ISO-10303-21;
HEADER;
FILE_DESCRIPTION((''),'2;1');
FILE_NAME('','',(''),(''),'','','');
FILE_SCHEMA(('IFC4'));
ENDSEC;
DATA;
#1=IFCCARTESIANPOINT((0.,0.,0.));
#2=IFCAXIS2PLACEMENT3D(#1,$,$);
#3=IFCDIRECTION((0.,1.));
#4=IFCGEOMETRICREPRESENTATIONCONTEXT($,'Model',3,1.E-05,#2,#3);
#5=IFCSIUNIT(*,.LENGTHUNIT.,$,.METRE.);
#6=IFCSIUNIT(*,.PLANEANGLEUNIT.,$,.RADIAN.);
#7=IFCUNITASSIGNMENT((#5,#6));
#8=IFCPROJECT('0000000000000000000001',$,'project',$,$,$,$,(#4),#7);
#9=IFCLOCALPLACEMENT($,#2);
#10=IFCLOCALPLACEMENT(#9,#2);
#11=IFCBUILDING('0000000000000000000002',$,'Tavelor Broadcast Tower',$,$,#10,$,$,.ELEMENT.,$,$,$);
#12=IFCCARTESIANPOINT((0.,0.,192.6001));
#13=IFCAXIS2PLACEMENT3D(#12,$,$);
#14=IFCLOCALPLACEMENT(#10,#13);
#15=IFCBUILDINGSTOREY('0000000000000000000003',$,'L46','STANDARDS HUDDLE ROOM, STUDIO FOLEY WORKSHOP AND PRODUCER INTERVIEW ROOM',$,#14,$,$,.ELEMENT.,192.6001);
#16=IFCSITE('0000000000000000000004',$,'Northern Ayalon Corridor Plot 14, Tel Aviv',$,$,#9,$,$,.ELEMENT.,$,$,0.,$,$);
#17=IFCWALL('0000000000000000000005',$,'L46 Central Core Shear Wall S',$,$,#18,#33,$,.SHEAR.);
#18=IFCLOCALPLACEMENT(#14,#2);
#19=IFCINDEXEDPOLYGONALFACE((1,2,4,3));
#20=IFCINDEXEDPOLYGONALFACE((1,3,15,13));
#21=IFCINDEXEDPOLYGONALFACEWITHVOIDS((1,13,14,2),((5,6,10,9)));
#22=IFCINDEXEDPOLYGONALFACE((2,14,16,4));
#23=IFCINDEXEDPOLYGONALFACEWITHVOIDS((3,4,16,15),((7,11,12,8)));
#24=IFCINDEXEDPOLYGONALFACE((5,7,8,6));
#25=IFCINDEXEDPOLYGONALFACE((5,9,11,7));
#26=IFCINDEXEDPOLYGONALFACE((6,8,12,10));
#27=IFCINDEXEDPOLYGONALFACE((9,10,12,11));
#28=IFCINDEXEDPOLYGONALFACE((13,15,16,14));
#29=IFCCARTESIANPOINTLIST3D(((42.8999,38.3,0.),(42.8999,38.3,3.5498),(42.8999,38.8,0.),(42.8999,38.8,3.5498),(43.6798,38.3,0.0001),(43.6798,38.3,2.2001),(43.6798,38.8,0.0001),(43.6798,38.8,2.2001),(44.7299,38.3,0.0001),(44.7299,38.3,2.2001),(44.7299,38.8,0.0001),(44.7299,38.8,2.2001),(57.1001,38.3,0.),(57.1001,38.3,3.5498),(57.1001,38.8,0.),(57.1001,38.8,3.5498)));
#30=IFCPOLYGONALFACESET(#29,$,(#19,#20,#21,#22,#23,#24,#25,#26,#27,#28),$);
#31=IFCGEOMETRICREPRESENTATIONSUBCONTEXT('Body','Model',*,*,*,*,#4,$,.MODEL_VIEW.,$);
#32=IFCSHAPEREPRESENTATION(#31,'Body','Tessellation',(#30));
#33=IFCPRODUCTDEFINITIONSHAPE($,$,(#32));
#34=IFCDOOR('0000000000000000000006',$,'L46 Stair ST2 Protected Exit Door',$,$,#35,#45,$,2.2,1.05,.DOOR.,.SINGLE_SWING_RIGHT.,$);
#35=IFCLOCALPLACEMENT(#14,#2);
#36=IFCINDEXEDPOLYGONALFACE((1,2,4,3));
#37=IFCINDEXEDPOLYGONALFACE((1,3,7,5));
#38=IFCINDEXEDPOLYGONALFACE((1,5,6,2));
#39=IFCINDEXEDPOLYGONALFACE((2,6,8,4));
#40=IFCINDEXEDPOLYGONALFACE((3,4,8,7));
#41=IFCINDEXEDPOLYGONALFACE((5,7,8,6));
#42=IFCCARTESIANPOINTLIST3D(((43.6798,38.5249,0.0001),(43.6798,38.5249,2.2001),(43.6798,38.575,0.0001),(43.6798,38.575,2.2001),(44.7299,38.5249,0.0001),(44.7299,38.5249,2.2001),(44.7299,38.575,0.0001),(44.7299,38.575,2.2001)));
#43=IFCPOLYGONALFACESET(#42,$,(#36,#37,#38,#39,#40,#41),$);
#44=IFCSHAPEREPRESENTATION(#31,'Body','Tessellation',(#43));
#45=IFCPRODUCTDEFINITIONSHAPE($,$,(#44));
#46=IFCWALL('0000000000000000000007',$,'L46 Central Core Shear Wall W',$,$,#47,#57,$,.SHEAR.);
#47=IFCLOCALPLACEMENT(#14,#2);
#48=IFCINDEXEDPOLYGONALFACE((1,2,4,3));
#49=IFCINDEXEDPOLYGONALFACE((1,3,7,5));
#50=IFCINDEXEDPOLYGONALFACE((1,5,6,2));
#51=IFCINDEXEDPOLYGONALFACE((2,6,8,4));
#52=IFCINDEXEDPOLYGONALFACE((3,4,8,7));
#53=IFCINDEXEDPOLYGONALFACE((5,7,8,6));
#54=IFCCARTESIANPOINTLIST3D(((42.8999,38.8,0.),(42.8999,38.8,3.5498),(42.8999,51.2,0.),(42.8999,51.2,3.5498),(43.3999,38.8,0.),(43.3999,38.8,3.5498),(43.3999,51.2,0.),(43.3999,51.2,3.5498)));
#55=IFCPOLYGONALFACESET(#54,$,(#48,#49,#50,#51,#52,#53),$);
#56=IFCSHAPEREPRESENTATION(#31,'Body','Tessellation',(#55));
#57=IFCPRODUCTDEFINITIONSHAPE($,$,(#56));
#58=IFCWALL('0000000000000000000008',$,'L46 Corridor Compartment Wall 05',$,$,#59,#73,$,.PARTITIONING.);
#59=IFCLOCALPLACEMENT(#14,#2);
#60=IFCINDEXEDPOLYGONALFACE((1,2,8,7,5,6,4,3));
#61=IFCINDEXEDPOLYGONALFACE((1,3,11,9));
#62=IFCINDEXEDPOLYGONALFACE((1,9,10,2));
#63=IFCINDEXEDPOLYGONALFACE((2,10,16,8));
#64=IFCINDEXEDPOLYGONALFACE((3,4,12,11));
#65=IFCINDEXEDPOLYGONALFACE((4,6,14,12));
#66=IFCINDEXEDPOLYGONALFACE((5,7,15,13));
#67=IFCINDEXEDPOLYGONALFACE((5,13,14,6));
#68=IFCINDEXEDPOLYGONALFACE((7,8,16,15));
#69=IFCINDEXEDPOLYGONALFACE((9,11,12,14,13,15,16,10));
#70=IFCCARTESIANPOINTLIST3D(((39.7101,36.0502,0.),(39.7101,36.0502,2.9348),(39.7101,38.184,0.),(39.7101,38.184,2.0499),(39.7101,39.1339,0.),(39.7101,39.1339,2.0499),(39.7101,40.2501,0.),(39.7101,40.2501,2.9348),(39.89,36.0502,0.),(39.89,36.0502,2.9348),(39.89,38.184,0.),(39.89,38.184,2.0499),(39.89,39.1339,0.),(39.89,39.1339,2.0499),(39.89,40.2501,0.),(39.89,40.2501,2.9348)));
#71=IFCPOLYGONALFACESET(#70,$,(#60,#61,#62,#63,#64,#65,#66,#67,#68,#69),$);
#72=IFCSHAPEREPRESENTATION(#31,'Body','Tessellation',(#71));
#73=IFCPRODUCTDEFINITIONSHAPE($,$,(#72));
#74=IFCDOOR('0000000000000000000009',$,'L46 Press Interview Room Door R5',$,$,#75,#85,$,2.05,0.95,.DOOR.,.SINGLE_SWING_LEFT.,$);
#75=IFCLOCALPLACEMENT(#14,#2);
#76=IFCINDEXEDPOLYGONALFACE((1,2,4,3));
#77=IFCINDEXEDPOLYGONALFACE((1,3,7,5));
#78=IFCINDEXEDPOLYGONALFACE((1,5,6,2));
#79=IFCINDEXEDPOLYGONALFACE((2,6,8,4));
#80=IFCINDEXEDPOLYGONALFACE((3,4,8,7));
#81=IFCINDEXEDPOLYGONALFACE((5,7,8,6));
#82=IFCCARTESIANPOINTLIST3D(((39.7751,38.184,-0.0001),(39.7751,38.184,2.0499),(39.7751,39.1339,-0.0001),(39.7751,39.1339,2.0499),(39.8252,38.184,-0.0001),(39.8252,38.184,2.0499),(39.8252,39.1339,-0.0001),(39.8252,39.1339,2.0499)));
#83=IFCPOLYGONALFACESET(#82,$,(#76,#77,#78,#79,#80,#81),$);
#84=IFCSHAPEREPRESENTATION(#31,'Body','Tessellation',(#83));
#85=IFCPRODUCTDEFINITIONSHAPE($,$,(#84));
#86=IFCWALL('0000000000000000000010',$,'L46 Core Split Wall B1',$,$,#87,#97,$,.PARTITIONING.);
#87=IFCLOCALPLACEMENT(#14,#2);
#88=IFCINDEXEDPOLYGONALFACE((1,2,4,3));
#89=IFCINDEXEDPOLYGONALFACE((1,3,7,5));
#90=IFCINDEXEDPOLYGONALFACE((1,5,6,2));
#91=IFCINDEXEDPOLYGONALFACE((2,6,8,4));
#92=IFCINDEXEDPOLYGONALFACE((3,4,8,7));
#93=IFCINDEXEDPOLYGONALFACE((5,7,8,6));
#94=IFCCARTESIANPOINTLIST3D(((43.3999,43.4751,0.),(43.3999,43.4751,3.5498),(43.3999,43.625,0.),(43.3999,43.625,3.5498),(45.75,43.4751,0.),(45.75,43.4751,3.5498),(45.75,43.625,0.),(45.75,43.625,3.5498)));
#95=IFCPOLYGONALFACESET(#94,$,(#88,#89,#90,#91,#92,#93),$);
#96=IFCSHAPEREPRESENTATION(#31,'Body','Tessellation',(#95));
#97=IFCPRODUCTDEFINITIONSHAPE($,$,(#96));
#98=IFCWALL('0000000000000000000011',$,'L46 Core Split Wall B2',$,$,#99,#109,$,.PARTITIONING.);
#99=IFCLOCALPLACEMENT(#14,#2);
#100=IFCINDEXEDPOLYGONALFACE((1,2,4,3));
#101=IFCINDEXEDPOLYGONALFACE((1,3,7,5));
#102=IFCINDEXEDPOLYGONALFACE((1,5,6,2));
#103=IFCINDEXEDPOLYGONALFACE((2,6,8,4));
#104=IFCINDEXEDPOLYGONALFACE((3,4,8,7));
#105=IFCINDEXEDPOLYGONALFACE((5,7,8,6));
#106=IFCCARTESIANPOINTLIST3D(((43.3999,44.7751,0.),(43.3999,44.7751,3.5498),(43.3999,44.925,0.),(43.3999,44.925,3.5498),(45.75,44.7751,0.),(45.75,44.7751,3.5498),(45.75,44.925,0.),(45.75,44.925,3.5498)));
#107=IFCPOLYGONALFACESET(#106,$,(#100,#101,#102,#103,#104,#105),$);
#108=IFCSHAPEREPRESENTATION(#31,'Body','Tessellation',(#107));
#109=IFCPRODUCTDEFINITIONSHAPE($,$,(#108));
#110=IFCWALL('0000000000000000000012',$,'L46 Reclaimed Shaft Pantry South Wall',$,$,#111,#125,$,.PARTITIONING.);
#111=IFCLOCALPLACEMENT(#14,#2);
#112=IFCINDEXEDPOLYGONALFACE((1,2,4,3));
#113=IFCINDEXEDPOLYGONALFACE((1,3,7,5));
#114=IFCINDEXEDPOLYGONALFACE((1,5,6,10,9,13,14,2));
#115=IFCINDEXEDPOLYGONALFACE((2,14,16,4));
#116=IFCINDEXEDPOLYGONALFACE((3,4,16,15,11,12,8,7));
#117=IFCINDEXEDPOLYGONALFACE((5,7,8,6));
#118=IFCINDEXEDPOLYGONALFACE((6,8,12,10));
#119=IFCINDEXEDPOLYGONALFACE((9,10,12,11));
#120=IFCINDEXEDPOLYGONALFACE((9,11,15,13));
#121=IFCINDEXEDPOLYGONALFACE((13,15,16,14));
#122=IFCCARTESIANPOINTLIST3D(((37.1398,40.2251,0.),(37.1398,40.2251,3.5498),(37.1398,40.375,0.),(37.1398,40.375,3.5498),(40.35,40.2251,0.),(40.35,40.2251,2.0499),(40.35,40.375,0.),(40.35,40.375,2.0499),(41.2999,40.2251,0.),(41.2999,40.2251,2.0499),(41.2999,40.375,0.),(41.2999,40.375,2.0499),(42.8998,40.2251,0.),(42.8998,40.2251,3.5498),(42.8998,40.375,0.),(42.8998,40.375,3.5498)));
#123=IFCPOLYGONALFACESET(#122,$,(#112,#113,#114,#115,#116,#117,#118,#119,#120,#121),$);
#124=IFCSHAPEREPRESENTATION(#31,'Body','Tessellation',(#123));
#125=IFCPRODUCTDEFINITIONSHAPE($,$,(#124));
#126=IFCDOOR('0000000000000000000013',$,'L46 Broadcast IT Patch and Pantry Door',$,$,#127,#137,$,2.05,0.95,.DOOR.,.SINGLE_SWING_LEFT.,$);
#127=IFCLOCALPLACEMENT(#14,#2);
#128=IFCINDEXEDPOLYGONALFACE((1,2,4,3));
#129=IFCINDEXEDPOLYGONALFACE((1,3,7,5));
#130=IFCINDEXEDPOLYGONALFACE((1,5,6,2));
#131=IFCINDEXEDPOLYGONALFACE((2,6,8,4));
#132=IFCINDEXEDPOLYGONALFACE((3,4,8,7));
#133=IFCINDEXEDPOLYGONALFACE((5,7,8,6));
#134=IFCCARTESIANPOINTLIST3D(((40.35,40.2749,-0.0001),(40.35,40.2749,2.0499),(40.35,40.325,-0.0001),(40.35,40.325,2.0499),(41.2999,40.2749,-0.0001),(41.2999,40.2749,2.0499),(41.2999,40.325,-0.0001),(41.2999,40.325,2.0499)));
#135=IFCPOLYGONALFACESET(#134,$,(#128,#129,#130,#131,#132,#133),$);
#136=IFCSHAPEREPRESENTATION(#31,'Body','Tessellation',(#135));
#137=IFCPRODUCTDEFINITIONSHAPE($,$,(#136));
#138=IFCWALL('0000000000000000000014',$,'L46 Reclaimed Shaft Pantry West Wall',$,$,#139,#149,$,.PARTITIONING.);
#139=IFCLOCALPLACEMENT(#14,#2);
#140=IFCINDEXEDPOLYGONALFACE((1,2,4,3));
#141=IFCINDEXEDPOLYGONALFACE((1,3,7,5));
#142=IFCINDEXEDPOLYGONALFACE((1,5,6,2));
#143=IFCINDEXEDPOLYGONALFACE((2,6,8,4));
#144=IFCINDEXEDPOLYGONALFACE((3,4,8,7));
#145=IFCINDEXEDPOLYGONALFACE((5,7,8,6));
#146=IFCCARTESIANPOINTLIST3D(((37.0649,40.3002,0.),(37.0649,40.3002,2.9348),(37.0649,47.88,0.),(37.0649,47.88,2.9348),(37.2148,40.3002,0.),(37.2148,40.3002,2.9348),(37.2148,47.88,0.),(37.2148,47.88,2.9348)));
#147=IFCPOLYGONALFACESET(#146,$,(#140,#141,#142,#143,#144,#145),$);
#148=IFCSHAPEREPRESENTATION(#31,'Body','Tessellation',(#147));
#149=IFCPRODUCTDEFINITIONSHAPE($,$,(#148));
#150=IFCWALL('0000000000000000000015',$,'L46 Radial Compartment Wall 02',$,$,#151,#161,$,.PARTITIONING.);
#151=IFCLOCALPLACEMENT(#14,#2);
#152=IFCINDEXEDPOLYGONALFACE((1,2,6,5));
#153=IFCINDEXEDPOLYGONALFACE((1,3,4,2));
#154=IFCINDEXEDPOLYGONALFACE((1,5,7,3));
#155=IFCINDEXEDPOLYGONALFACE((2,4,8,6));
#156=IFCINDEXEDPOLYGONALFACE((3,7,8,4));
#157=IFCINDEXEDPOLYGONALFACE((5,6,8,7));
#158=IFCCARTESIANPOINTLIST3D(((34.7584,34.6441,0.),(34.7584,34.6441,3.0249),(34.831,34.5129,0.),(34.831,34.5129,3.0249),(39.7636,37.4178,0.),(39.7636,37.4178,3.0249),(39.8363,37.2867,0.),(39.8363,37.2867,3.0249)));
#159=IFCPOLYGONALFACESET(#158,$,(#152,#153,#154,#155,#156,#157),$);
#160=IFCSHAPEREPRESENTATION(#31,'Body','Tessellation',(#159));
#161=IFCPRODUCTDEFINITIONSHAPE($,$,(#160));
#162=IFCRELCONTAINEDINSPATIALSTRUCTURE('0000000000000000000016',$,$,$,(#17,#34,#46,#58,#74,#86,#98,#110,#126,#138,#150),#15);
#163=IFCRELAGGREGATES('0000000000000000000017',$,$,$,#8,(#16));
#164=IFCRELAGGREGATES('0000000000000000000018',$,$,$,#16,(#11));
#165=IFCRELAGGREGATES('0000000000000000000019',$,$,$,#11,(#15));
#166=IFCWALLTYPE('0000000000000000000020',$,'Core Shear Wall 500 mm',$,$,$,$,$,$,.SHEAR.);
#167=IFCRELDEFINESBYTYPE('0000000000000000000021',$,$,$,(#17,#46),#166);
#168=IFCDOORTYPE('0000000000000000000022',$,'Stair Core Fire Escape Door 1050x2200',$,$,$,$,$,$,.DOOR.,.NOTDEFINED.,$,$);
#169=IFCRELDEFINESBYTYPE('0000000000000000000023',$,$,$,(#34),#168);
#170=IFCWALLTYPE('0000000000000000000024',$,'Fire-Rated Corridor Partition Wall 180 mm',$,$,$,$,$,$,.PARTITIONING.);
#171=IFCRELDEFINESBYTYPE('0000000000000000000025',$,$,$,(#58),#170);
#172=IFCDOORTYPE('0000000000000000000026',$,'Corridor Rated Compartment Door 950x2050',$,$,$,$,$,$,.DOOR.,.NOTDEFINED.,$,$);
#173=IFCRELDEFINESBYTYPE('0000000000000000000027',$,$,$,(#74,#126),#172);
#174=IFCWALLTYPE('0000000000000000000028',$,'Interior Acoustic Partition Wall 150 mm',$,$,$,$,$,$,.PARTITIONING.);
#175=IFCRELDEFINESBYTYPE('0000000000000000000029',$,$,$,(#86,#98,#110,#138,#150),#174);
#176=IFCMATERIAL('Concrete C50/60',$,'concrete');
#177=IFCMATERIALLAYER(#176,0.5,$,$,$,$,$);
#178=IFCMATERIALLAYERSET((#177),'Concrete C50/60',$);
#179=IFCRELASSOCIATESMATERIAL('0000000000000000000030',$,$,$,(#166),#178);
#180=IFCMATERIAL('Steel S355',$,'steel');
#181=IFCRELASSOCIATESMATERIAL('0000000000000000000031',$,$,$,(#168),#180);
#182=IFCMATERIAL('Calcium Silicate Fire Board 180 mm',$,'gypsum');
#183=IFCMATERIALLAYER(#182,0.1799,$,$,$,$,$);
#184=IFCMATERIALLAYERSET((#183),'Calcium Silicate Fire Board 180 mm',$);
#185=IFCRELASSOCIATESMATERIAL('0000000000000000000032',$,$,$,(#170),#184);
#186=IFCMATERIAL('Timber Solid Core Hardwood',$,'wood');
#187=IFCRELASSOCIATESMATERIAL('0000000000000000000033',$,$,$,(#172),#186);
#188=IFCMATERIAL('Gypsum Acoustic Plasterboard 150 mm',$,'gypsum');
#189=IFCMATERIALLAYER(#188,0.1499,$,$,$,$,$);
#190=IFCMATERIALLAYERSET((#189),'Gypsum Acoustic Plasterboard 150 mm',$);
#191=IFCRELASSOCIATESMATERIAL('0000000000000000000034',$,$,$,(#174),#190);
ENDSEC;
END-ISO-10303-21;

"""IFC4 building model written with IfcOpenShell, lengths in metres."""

from ifc_helpers import new_model, si_unit, direction, frame, frame_2d, origin, place, context, subcontext, project, spatial, rectangle, extrude, material, layer, layer_set, type_object, element, fill, save


model = new_model("IFC4")

# Units and contexts
model_context = context("Model", 3, precision=1e-05, world=origin(), true_north=direction((0.0, 1.0)))
body_context = subcontext(model_context, "Body", "Model", "MODEL_VIEW")
ifc_project = project(units=[si_unit("LENGTHUNIT", "METRE"), si_unit("PLANEANGLEUNIT", "RADIAN")], contexts=[model_context])

# Site, building, storey
site_placement = place(None, origin())
site = spatial("IfcSite", under=ifc_project, at=site_placement, Name="Northern Ayalon Corridor Plot 14, Tel Aviv", CompositionType="ELEMENT", RefElevation=0.0)
building_placement = place(site_placement, origin())
building = spatial("IfcBuilding", under=site, at=building_placement, Name="Tavelor Broadcast Tower", CompositionType="ELEMENT")
storey_placement = place(building_placement, frame((0.0, 0.0, 192.6001)))
storey = spatial("IfcBuildingStorey", under=building, at=storey_placement, Name="L46", Description="STANDARDS HUDDLE ROOM, STUDIO FOLEY WORKSHOP AND PRODUCER INTERVIEW ROOM", CompositionType="ELEMENT", Elevation=192.6001)

# Shared definitions
ifc_material_1 = material(Name="Concrete C50/60", Category="concrete")

# Shared definitions
ifc_material_2 = material(Name="Steel S355", Category="steel")

# Wall, opening, door
ifc_layer_1 = layer(ifc_material_1, 0.5)
ifc_layer_set_1 = layer_set([ifc_layer_1], Name="Concrete C50/60")
wall_type_1 = type_object("IfcWallType", Name="Core Shear Wall 500 mm", PredefinedType="SHEAR", material=ifc_layer_set_1)
wall_1_placement = place(storey_placement, frame((42.8999, 38.55, 0.0), z_axis=(0.0, 0.0, 1.0), x_axis=(1.0, 0.0, 0.0)))
wall_1 = element("IfcWall", 1, at=wall_1_placement, inside=storey, type_object=wall_type_1, Name="L46 Central Core Shear Wall S", PredefinedType="SHEAR", context=body_context, shape_type="SweptSolid", body=[
    extrude(rectangle(XDim=14.2002, YDim=0.5, at=frame_2d((7.1001, 0.0))), origin(), (0.0, 0.0, 1.0), 3.5498),
])
opening_1_placement = place(wall_1_placement, frame((0.78, 0.0, 0.0)))
opening_1 = element("IfcOpeningElement", 2, at=opening_1_placement, cuts=wall_1, PredefinedType="OPENING", context=body_context, shape_type="SweptSolid", body=[
    extrude(rectangle(XDim=1.05, YDim=2.2, at=frame_2d((0.5249, 1.1001))), frame((0.0, 0.26, 0.0), z_axis=(0.0, -1.0, 0.0), x_axis=(1.0, 0.0, 0.0)), (0.0, 0.0, 1.0), 0.52),
])
door_type_1 = type_object("IfcDoorType", Name="Stair Core Fire Escape Door 1050x2200", OperationType="NOTDEFINED", PredefinedType="DOOR", material=ifc_material_2)
door_1_placement = place(opening_1_placement, origin())
door_1 = element("IfcDoor", 3, at=door_1_placement, inside=storey, type_object=door_type_1, Name="L46 Stair ST2 Protected Exit Door", OperationType="SINGLE_SWING_RIGHT", OverallHeight=2.2, OverallWidth=1.05, PredefinedType="DOOR", context=body_context, shape_type="SweptSolid", body=[
    extrude(rectangle(XDim=1.05, YDim=2.2, at=frame_2d((0.5249, 1.1001))), frame((0.0, 0.0249, 0.0), z_axis=(0.0, -1.0, 0.0), x_axis=(1.0, 0.0, 0.0)), (0.0, 0.0, 1.0), 0.05),
])
fill(opening_1, door_1)

# Wall
wall_2_placement = place(storey_placement, frame((43.1499, 38.8, 0.0), z_axis=(0.0, 0.0, 1.0), x_axis=(0.0, 1.0, 0.0)))
element("IfcWall", 4, at=wall_2_placement, inside=storey, type_object=wall_type_1, Name="L46 Central Core Shear Wall W", PredefinedType="SHEAR", context=body_context, shape_type="SweptSolid", body=[
    extrude(rectangle(XDim=12.3999, YDim=0.5, at=frame_2d((6.2, 0.0))), origin(), (0.0, 0.0, 1.0), 3.5498),
])

# Wall, opening, door
ifc_material_3 = material(Name="Calcium Silicate Fire Board 180 mm", Category="gypsum")
ifc_layer_2 = layer(ifc_material_3, 0.1799)
ifc_layer_set_2 = layer_set([ifc_layer_2], Name="Calcium Silicate Fire Board 180 mm")
wall_type_2 = type_object("IfcWallType", Name="Fire-Rated Corridor Partition Wall 180 mm", PredefinedType="PARTITIONING", material=ifc_layer_set_2)
wall_3_placement = place(storey_placement, frame((39.8, 36.05, 0.0), z_axis=(0.0, 0.0, 1.0), x_axis=(0.0, 1.0, 0.0)))
wall_3 = element("IfcWall", 5, at=wall_3_placement, inside=storey, type_object=wall_type_2, Name="L46 Corridor Compartment Wall 05", PredefinedType="PARTITIONING", context=body_context, shape_type="SweptSolid", body=[
    extrude(rectangle(XDim=4.2, YDim=0.1799, at=frame_2d((2.1001, 0.0))), origin(), (0.0, 0.0, 1.0), 2.9348),
])
opening_2_placement = place(wall_3_placement, frame((2.1338, 0.0, 0.0)))
opening_2 = element("IfcOpeningElement", 6, at=opening_2_placement, cuts=wall_3, PredefinedType="OPENING", context=body_context, shape_type="SweptSolid", body=[
    extrude(rectangle(XDim=0.95, YDim=2.05, at=frame_2d((0.4751, 1.0249))), frame((0.0, 0.1001, 0.0), z_axis=(0.0, -1.0, 0.0), x_axis=(1.0, 0.0, 0.0)), (0.0, 0.0, 1.0), 0.2),
])
ifc_material_4 = material(Name="Timber Solid Core Hardwood", Category="wood")
door_type_2 = type_object("IfcDoorType", Name="Corridor Rated Compartment Door 950x2050", OperationType="NOTDEFINED", PredefinedType="DOOR", material=ifc_material_4)
door_2_placement = place(opening_2_placement, origin())
door_2 = element("IfcDoor", 7, at=door_2_placement, inside=storey, type_object=door_type_2, Name="L46 Press Interview Room Door R5", OperationType="SINGLE_SWING_LEFT", OverallHeight=2.05, OverallWidth=0.95, PredefinedType="DOOR", context=body_context, shape_type="SweptSolid", body=[
    extrude(rectangle(XDim=0.95, YDim=2.05, at=frame_2d((0.4751, 1.0249))), frame((0.0, 0.0249, 0.0), z_axis=(0.0, -1.0, 0.0), x_axis=(1.0, 0.0, 0.0)), (0.0, 0.0, 1.0), 0.05),
])
fill(opening_2, door_2)

# Walls
ifc_material_5 = material(Name="Gypsum Acoustic Plasterboard 150 mm", Category="gypsum")
ifc_layer_3 = layer(ifc_material_5, 0.1499)
ifc_layer_set_3 = layer_set([ifc_layer_3], Name="Gypsum Acoustic Plasterboard 150 mm")
wall_type_3 = type_object("IfcWallType", Name="Interior Acoustic Partition Wall 150 mm", PredefinedType="PARTITIONING", material=ifc_layer_set_3)
for number, where, z_axis, x_axis, name in (
    (8, (43.3999, 43.55, 0.0), (0.0, 0.0, 1.0), (1.0, 0.0, 0.0), "L46 Core Split Wall B1"),
    (9, (43.3999, 44.8501, 0.0), (0.0, 0.0, 1.0), (1.0, 0.0, 0.0), "L46 Core Split Wall B2"),
):
    element("IfcWall", number, at=place(storey_placement, frame(where, z_axis=z_axis, x_axis=x_axis)), inside=storey, type_object=wall_type_3, Name=name, PredefinedType="PARTITIONING", context=body_context, shape_type="SweptSolid", body=[
        extrude(rectangle(XDim=2.3501, YDim=0.1499, at=frame_2d((1.175, 0.0))), origin(), (0.0, 0.0, 1.0), 3.5498),
    ])

# Wall, opening, door
wall_4_placement = place(storey_placement, frame((37.1399, 40.3, 0.0), z_axis=(0.0, 0.0, 1.0), x_axis=(1.0, 0.0, 0.0)))
wall_4 = element("IfcWall", 10, at=wall_4_placement, inside=storey, type_object=wall_type_3, Name="L46 Reclaimed Shaft Pantry South Wall", PredefinedType="PARTITIONING", context=body_context, shape_type="SweptSolid", body=[
    extrude(rectangle(XDim=5.76, YDim=0.1499, at=frame_2d((2.8799, 0.0))), origin(), (0.0, 0.0, 1.0), 3.5498),
])
opening_3_placement = place(wall_4_placement, frame((3.21, 0.0, 0.0)))
opening_3 = element("IfcOpeningElement", 11, at=opening_3_placement, cuts=wall_4, PredefinedType="OPENING", context=body_context, shape_type="SweptSolid", body=[
    extrude(rectangle(XDim=0.95, YDim=2.05, at=frame_2d((0.4751, 1.0249))), frame((0.0, 0.085, 0.0), z_axis=(0.0, -1.0, 0.0), x_axis=(1.0, 0.0, 0.0)), (0.0, 0.0, 1.0), 0.1699),
])
door_3_placement = place(opening_3_placement, origin())
door_3 = element("IfcDoor", 12, at=door_3_placement, inside=storey, type_object=door_type_2, Name="L46 Broadcast IT Patch and Pantry Door", OperationType="SINGLE_SWING_LEFT", OverallHeight=2.05, OverallWidth=0.95, PredefinedType="DOOR", context=body_context, shape_type="SweptSolid", body=[
    extrude(rectangle(XDim=0.95, YDim=2.05, at=frame_2d((0.4751, 1.0249))), frame((0.0, 0.0249, 0.0), z_axis=(0.0, -1.0, 0.0), x_axis=(1.0, 0.0, 0.0)), (0.0, 0.0, 1.0), 0.05),
])
fill(opening_3, door_3)

# Walls
wall_5_placement = place(storey_placement, frame((37.1399, 40.3, 0.0), z_axis=(0.0, 0.0, 1.0), x_axis=(0.0, 1.0, 0.0)))
element("IfcWall", 13, at=wall_5_placement, inside=storey, type_object=wall_type_3, Name="L46 Reclaimed Shaft Pantry West Wall", PredefinedType="PARTITIONING", context=body_context, shape_type="SweptSolid", body=[
    extrude(rectangle(XDim=7.5798, YDim=0.1499, at=frame_2d((3.79, 0.0))), origin(), (0.0, 0.0, 1.0), 2.9348),
])
wall_6_placement = place(storey_placement, frame((39.8, 37.3523, 0.0), z_axis=(0.0, 0.0, 1.0), x_axis=(-0.874672, -0.484715, 0.0)))
element("IfcWall", 14, at=wall_6_placement, inside=storey, type_object=wall_type_3, Name="L46 Radial Compartment Wall 02", PredefinedType="PARTITIONING", context=body_context, shape_type="SweptSolid", body=[
    extrude(rectangle(XDim=5.7224, YDim=0.1499, at=frame_2d((2.8613, 0.0))), origin(), (0.0, 0.0, 1.0), 3.0249),
])

save(model, "model.ifc")
